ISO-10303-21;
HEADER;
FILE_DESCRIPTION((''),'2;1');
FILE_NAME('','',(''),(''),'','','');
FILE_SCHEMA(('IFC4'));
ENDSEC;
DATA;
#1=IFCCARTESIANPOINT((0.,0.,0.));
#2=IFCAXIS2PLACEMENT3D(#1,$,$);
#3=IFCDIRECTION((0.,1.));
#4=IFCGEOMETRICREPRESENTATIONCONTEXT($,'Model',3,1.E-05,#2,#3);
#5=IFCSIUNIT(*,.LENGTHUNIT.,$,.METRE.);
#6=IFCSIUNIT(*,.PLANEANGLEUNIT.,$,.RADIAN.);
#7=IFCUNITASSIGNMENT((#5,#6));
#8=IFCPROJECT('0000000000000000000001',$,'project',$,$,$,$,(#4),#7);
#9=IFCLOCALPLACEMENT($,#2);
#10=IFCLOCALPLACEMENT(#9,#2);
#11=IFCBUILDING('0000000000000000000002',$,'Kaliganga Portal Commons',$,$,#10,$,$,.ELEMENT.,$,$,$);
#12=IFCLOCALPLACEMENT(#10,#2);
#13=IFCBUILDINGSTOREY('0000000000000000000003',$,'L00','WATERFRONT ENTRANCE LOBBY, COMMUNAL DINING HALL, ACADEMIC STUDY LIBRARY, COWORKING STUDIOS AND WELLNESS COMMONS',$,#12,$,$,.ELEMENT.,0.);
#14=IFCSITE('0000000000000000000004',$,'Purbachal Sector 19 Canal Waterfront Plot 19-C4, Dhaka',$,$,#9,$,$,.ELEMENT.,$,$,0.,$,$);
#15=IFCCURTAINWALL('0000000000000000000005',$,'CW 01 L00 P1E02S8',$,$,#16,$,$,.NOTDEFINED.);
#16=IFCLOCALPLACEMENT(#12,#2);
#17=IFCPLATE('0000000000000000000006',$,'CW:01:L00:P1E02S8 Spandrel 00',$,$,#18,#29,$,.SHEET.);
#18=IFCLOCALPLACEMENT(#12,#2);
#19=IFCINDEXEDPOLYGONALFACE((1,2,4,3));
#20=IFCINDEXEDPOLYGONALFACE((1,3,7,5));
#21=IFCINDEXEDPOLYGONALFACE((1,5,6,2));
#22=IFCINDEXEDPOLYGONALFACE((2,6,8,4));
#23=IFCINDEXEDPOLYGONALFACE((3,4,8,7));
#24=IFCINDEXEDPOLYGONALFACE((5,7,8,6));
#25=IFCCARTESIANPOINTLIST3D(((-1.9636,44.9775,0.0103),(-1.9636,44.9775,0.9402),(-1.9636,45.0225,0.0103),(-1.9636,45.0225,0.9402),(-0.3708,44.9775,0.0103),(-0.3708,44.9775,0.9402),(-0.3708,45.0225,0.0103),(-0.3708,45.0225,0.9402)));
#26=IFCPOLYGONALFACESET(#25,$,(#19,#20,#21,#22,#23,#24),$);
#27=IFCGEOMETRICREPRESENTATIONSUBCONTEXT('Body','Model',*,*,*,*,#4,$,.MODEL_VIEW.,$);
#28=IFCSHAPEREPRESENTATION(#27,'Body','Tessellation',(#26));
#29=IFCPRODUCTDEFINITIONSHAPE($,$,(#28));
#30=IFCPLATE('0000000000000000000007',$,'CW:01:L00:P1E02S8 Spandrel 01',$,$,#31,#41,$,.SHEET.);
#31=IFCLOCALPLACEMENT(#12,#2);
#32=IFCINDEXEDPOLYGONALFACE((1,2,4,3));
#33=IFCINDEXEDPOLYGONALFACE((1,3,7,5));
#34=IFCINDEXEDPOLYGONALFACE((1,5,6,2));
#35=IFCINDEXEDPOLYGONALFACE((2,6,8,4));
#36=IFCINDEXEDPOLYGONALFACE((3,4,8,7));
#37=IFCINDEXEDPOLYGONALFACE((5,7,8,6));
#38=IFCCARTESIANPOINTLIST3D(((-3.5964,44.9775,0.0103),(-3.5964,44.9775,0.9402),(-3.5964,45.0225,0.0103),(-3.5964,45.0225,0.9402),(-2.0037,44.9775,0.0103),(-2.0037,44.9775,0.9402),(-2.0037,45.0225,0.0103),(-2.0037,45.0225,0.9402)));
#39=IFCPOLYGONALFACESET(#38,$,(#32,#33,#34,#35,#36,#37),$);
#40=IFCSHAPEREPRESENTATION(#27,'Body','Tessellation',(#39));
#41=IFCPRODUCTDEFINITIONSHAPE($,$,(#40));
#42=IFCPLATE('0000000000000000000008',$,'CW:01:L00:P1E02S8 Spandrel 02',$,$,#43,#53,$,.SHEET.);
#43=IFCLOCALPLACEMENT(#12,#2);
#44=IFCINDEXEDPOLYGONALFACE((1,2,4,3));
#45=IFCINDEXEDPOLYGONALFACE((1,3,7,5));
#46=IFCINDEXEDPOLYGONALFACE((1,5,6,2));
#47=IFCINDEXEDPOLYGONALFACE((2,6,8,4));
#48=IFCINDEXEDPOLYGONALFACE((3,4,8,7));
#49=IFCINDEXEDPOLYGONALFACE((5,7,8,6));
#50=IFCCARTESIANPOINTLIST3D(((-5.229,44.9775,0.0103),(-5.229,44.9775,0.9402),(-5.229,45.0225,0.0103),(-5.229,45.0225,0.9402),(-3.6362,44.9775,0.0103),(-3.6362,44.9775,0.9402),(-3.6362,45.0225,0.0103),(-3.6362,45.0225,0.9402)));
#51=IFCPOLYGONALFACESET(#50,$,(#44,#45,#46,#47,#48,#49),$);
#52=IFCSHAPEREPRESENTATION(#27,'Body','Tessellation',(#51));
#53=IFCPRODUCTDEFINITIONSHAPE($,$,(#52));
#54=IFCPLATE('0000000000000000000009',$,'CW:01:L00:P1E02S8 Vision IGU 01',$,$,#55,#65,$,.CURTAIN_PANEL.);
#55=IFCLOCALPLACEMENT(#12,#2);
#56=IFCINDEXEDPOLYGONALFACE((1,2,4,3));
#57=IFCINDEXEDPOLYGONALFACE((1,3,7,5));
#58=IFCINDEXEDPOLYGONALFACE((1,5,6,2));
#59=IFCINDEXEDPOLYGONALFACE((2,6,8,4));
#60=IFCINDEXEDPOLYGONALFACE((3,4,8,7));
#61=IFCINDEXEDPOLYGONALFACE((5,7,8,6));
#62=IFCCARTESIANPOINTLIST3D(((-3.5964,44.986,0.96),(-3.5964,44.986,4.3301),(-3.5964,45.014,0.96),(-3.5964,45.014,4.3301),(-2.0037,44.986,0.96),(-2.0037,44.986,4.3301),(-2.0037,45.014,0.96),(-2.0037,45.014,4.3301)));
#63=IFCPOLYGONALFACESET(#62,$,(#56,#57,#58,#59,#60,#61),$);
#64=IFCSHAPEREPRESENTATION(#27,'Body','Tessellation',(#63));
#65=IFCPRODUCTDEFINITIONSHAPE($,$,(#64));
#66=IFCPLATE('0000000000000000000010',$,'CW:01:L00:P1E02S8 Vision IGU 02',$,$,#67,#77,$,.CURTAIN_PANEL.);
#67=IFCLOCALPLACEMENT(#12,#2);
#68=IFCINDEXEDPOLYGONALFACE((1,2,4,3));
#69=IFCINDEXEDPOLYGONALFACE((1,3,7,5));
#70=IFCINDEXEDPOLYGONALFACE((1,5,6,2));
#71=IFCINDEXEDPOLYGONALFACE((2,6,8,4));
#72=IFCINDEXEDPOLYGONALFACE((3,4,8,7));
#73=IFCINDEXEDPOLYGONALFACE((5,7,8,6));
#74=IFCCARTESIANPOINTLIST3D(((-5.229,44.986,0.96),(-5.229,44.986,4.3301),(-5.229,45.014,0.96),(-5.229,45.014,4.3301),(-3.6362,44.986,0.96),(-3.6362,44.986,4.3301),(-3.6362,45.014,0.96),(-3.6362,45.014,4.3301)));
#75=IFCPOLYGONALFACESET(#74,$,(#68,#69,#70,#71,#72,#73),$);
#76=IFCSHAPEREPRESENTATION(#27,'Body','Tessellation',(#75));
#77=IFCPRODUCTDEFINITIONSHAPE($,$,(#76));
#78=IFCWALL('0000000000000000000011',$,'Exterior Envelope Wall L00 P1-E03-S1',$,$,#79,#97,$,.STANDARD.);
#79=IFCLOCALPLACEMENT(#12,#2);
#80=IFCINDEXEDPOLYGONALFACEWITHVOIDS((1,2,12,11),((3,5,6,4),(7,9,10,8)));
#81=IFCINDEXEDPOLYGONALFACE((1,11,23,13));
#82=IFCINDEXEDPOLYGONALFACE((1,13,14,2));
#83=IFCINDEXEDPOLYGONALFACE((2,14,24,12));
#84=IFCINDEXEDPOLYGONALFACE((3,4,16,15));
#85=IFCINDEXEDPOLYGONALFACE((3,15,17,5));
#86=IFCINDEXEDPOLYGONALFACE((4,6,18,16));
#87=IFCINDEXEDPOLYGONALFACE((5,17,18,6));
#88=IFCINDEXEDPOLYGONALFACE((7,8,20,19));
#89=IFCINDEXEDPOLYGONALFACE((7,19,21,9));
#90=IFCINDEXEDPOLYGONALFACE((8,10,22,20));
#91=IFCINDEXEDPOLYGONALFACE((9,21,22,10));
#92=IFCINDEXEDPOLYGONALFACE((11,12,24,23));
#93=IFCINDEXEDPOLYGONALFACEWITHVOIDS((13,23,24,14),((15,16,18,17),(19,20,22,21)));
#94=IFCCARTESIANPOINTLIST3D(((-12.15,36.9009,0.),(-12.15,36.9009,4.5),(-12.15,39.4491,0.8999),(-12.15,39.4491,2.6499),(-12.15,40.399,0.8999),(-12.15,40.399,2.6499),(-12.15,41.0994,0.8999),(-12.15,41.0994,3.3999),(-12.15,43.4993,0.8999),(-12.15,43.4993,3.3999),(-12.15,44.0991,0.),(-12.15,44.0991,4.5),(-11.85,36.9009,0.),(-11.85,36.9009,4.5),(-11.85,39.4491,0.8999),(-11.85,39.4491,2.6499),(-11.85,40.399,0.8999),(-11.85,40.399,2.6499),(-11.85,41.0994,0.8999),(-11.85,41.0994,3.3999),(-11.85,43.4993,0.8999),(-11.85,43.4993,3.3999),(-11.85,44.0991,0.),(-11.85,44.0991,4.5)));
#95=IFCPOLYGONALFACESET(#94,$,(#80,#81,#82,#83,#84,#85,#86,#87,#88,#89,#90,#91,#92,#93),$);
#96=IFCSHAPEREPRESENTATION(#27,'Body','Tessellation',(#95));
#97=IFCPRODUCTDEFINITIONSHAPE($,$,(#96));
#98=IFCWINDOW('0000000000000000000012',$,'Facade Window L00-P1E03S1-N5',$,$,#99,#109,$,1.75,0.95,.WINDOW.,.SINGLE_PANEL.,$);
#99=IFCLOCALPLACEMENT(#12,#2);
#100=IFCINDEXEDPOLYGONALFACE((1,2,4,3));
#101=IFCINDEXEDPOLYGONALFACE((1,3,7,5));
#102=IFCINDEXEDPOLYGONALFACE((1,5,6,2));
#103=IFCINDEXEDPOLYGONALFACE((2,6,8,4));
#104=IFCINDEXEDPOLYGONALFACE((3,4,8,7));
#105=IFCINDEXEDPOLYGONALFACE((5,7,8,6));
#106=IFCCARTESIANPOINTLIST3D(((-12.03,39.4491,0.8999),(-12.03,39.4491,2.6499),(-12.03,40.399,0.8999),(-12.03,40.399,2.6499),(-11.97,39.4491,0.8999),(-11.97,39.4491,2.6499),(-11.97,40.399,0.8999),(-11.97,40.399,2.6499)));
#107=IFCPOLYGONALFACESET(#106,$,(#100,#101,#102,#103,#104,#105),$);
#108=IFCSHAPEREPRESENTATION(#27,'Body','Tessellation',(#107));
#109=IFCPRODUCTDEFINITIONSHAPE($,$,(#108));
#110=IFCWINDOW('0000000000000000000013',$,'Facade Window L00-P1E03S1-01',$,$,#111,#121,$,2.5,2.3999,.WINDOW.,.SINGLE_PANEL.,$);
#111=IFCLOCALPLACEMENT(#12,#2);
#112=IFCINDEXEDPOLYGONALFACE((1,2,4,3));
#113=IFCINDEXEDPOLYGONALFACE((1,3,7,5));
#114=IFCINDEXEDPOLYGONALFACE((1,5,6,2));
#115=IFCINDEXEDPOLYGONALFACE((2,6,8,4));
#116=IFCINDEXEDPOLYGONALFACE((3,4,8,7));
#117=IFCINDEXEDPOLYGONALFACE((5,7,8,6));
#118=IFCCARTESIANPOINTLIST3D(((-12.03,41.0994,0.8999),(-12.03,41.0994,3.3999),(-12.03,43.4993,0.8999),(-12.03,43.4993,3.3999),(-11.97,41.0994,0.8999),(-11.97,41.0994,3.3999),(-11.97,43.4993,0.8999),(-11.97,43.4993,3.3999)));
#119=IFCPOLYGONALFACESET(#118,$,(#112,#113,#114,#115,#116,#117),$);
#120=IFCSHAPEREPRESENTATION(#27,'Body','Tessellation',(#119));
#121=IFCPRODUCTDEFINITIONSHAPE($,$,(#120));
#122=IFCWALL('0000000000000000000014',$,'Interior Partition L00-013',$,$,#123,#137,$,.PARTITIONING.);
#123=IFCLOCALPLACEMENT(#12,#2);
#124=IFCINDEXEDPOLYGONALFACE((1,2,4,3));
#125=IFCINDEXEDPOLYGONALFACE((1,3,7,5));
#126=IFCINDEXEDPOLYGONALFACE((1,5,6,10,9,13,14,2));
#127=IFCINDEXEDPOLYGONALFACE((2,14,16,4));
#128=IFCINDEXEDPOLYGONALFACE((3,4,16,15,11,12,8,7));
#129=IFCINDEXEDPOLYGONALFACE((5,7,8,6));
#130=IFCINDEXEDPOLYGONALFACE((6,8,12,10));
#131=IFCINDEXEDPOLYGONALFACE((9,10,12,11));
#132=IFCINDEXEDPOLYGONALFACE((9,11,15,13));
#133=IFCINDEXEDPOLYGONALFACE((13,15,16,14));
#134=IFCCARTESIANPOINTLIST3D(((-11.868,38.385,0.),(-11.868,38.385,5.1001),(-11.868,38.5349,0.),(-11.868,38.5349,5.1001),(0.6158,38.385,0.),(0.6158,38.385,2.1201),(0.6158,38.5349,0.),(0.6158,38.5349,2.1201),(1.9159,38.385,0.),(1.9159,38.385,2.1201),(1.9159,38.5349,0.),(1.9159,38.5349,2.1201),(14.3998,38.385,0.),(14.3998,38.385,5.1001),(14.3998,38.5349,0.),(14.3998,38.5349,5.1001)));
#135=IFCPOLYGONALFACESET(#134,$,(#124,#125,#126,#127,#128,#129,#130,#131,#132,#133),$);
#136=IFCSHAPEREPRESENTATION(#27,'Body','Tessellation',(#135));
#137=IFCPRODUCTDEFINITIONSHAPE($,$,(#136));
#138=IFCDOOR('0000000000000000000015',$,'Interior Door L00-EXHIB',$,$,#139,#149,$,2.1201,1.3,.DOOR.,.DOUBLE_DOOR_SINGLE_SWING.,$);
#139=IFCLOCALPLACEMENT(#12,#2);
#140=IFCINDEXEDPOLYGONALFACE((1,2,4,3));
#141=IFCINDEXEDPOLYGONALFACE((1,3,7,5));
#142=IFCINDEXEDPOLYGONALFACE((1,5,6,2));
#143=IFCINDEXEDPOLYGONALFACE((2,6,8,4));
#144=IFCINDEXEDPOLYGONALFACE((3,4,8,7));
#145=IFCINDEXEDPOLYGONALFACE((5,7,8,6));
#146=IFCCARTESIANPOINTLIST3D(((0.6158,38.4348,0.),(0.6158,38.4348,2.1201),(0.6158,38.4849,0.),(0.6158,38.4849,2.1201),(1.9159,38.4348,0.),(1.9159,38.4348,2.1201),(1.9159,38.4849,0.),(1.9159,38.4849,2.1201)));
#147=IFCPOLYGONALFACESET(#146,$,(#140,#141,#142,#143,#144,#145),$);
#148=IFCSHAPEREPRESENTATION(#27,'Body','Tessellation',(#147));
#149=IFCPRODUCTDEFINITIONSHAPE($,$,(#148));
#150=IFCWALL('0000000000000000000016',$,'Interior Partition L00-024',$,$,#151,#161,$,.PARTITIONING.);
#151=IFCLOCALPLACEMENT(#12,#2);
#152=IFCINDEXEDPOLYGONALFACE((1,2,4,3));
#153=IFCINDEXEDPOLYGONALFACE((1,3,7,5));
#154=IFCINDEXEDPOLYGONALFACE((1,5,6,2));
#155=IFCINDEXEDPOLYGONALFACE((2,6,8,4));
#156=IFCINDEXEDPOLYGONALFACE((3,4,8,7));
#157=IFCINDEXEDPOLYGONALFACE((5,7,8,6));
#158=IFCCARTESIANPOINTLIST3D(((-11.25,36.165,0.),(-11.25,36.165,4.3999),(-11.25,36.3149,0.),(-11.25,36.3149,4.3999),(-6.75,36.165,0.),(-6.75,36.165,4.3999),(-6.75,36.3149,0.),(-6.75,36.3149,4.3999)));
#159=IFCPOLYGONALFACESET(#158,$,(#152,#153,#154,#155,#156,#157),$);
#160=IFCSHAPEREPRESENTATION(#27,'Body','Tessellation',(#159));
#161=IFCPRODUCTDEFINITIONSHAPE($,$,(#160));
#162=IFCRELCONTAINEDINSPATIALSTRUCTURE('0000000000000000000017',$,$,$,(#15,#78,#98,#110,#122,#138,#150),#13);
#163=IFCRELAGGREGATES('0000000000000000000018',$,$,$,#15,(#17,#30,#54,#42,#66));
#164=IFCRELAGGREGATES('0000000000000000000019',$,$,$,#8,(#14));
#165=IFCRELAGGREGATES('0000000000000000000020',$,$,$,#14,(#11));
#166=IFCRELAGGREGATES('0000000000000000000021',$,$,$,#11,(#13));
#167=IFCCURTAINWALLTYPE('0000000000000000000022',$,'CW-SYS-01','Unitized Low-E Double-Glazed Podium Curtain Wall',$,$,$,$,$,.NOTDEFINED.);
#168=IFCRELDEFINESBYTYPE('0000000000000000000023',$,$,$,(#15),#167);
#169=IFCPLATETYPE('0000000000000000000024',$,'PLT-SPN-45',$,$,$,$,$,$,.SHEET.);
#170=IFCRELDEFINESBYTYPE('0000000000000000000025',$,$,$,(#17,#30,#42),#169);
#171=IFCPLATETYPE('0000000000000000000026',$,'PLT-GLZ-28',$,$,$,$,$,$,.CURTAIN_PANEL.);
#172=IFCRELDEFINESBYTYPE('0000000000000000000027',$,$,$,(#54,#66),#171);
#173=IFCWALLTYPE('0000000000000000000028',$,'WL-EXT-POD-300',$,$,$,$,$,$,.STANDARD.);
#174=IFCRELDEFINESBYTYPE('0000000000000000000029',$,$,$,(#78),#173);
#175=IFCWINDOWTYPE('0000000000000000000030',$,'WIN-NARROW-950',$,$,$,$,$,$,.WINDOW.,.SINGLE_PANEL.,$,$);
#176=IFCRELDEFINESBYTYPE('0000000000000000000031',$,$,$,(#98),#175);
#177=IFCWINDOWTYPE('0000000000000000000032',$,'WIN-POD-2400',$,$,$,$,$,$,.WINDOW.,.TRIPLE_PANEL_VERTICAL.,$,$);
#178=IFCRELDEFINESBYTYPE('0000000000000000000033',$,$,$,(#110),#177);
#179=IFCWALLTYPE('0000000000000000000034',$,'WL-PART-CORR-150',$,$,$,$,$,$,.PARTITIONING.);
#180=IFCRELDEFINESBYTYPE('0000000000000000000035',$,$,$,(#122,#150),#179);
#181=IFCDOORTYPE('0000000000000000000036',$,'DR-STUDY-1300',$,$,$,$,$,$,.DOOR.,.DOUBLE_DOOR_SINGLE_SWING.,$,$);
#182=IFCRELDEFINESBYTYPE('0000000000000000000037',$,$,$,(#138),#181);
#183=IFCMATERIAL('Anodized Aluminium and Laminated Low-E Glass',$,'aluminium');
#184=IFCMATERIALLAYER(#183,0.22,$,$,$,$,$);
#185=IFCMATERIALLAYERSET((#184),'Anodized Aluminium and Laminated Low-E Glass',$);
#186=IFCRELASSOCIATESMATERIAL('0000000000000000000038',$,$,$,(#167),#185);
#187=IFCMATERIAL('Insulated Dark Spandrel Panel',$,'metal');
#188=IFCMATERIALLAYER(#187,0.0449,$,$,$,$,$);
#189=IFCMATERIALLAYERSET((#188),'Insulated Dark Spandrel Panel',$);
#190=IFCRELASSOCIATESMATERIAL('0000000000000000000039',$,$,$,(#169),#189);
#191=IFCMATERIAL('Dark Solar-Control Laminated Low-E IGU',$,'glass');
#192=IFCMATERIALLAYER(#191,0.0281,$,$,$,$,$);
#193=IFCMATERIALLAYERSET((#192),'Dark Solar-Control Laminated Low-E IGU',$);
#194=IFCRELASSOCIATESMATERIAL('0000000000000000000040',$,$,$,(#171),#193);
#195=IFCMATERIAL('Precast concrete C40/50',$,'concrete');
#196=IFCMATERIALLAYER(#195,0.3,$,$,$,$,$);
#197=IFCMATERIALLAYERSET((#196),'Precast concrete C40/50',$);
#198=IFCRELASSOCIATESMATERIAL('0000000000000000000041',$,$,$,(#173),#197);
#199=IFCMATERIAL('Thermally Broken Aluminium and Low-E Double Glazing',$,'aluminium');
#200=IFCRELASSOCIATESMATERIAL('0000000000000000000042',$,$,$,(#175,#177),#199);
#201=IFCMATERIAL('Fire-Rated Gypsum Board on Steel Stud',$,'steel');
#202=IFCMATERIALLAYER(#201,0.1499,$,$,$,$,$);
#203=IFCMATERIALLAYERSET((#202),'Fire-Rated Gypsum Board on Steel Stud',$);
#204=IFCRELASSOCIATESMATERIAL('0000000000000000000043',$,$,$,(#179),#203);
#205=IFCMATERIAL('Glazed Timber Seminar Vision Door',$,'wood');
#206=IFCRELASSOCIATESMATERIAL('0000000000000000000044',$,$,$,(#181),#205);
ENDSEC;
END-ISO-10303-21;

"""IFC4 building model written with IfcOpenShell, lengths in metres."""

from ifc_helpers import new_model, si_unit, direction, frame, frame_2d, origin, origin_2d, place, context, subcontext, project, spatial, rectangle, extrude, source, transform, mapped, material, layer, layer_set, type_object, element, fill, aggregate, save


model = new_model("IFC4")

# Units and contexts
model_context = context("Model", 3, precision=1e-05, world=origin(), true_north=direction((0.0, 1.0)))
body_context = subcontext(model_context, "Body", "Model", "MODEL_VIEW")
ifc_project = project(units=[si_unit("LENGTHUNIT", "METRE"), si_unit("PLANEANGLEUNIT", "RADIAN")], contexts=[model_context])

# Site, building, storey
site_placement = place(None, origin())
site = spatial("IfcSite", under=ifc_project, at=site_placement, Name="Purbachal Sector 19 Canal Waterfront Plot 19-C4, Dhaka", CompositionType="ELEMENT", RefElevation=0.0)
building_placement = place(site_placement, origin())
building = spatial("IfcBuilding", under=site, at=building_placement, Name="Kaliganga Portal Commons", CompositionType="ELEMENT")
storey_placement = place(building_placement, origin())
storey = spatial("IfcBuildingStorey", under=building, at=storey_placement, Name="L00", Description="WATERFRONT ENTRANCE LOBBY, COMMUNAL DINING HALL, ACADEMIC STUDY LIBRARY, COWORKING STUDIOS AND WELLNESS COMMONS", CompositionType="ELEMENT", Elevation=0.0)

# Curtain wall
ifc_material_1 = material(Name="Anodized Aluminium and Laminated Low-E Glass", Category="aluminium")
ifc_layer_1 = layer(ifc_material_1, 0.22)
ifc_layer_set_1 = layer_set([ifc_layer_1], Name="Anodized Aluminium and Laminated Low-E Glass")
curtain_wall_type = type_object("IfcCurtainWallType", Name="CW-SYS-01", Description="Unitized Low-E Double-Glazed Podium Curtain Wall", PredefinedType="NOTDEFINED", material=ifc_layer_set_1)
curtain_wall_1_placement = place(storey_placement, origin())
curtain_wall_1 = element("IfcCurtainWall", 1, at=curtain_wall_1_placement, inside=storey, type_object=curtain_wall_type, Name="CW 01 L00 P1E02S8", PredefinedType="NOTDEFINED")

# Shared definitions
ifc_material_2 = material(Name="Insulated Dark Spandrel Panel", Category="metal")
ifc_layer_2 = layer(ifc_material_2, 0.0449)
ifc_layer_set_2 = layer_set([ifc_layer_2], Name="Insulated Dark Spandrel Panel")
plate_type_1 = type_object("IfcPlateType", Name="PLT-SPN-45", PredefinedType="SHEET", material=ifc_layer_set_2)
ifc_material_3 = material(Name="Dark Solar-Control Laminated Low-E IGU", Category="glass")
ifc_layer_3 = layer(ifc_material_3, 0.0281)
ifc_layer_set_3 = layer_set([ifc_layer_3], Name="Dark Solar-Control Laminated Low-E IGU")
plate_type_2 = type_object("IfcPlateType", Name="PLT-GLZ-28", PredefinedType="CURTAIN_PANEL", material=ifc_layer_set_3)

# Plates
shared_shape_1 = source(origin(), body_context, "Body", "SweptSolid", [
    extrude(rectangle(XDim=1.5928, YDim=0.0449, at=origin_2d()), origin(), (0.0, 0.0, 1.0), 0.9299),
])
plate_1_placement = place(storey_placement, frame((-1.1672, 45.0, 0.0103), z_axis=(0.0, 0.0, 1.0), x_axis=(-1.0, 0.0, 0.0)))
plate_1 = element("IfcPlate", 2, at=plate_1_placement, type_object=plate_type_1, Name="CW:01:L00:P1E02S8 Spandrel 00", PredefinedType="SHEET", context=body_context, shape_type="MappedRepresentation", body=[
    mapped(shared_shape_1, transform((0.0, 0.0, 0.0), x_axis=(1.0, 0.0, 0.0), y_axis=(0.0, 1.0, 0.0), z_axis=(0.0, 0.0, 1.0), scale=1.0)),
])
plate_2_placement = place(storey_placement, frame((-2.8, 45.0, 0.0103), z_axis=(0.0, 0.0, 1.0), x_axis=(-1.0, 0.0, 0.0)))
plate_2 = element("IfcPlate", 3, at=plate_2_placement, type_object=plate_type_1, Name="CW:01:L00:P1E02S8 Spandrel 01", PredefinedType="SHEET", context=body_context, shape_type="MappedRepresentation", body=[
    mapped(shared_shape_1, transform((0.0, 0.0, 0.0), x_axis=(1.0, 0.0, 0.0), y_axis=(0.0, 1.0, 0.0), z_axis=(0.0, 0.0, 1.0), scale=1.0)),
])
plate_3_placement = place(storey_placement, frame((-4.4326, 45.0, 0.0103), z_axis=(0.0, 0.0, 1.0), x_axis=(-1.0, 0.0, 0.0)))
plate_3 = element("IfcPlate", 4, at=plate_3_placement, type_object=plate_type_1, Name="CW:01:L00:P1E02S8 Spandrel 02", PredefinedType="SHEET", context=body_context, shape_type="MappedRepresentation", body=[
    mapped(shared_shape_1, transform((0.0, 0.0, 0.0), x_axis=(1.0, 0.0, 0.0), y_axis=(0.0, 1.0, 0.0), z_axis=(0.0, 0.0, 1.0), scale=1.0)),
])
shared_shape_2 = source(origin(), body_context, "Body", "SweptSolid", [
    extrude(rectangle(XDim=1.5928, YDim=0.0281, at=origin_2d()), origin(), (0.0, 0.0, 1.0), 3.3701),
])
plate_4_placement = place(storey_placement, frame((-2.8, 45.0, 0.96), z_axis=(0.0, 0.0, 1.0), x_axis=(-1.0, 0.0, 0.0)))
plate_4 = element("IfcPlate", 5, at=plate_4_placement, type_object=plate_type_2, Name="CW:01:L00:P1E02S8 Vision IGU 01", PredefinedType="CURTAIN_PANEL", context=body_context, shape_type="MappedRepresentation", body=[
    mapped(shared_shape_2, transform((0.0, 0.0, 0.0), x_axis=(1.0, 0.0, 0.0), y_axis=(0.0, 1.0, 0.0), z_axis=(0.0, 0.0, 1.0), scale=1.0)),
])
plate_5_placement = place(storey_placement, frame((-4.4326, 45.0, 0.96), z_axis=(0.0, 0.0, 1.0), x_axis=(-1.0, 0.0, 0.0)))
plate_5 = element("IfcPlate", 6, at=plate_5_placement, type_object=plate_type_2, Name="CW:01:L00:P1E02S8 Vision IGU 02", PredefinedType="CURTAIN_PANEL", context=body_context, shape_type="MappedRepresentation", body=[
    mapped(shared_shape_2, transform((0.0, 0.0, 0.0), x_axis=(1.0, 0.0, 0.0), y_axis=(0.0, 1.0, 0.0), z_axis=(0.0, 0.0, 1.0), scale=1.0)),
])
aggregate(curtain_wall_1, [plate_1, plate_2, plate_4, plate_3, plate_5])

# Wall, openings, windows
ifc_material_4 = material(Name="Precast concrete C40/50", Category="concrete")
ifc_layer_4 = layer(ifc_material_4, 0.3)
ifc_layer_set_4 = layer_set([ifc_layer_4], Name="Precast concrete C40/50")
wall_type_1 = type_object("IfcWallType", Name="WL-EXT-POD-300", PredefinedType="STANDARD", material=ifc_layer_set_4)
wall_1_placement = place(storey_placement, frame((-12.0, 36.9009, 0.0), z_axis=(0.0, 0.0, 1.0), x_axis=(0.0, 1.0, 0.0)))
wall_1 = element("IfcWall", 7, at=wall_1_placement, inside=storey, type_object=wall_type_1, Name="Exterior Envelope Wall L00 P1-E03-S1", PredefinedType="STANDARD", context=body_context, shape_type="SweptSolid", body=[
    extrude(rectangle(XDim=7.1982, YDim=0.3, at=frame_2d((3.5991, 0.0))), origin(), (0.0, 0.0, 1.0), 4.5),
])
opening_1_placement = place(wall_1_placement, frame((4.1985, 0.0, 0.8999)))
opening_1 = element("IfcOpeningElement", 8, at=opening_1_placement, cuts=wall_1, PredefinedType="OPENING", context=body_context, shape_type="SweptSolid", body=[
    extrude(rectangle(XDim=2.3999, YDim=2.5, at=frame_2d((1.2, 1.25))), frame((0.0, 0.1602, 0.0), z_axis=(0.0, -1.0, 0.0), x_axis=(1.0, 0.0, 0.0)), (0.0, 0.0, 1.0), 0.3201),
])
opening_2_placement = place(wall_1_placement, frame((2.5481, 0.0, 0.8999)))
opening_2 = element("IfcOpeningElement", 9, at=opening_2_placement, cuts=wall_1, PredefinedType="OPENING", context=body_context, shape_type="SweptSolid", body=[
    extrude(rectangle(XDim=0.95, YDim=1.75, at=frame_2d((0.4751, 0.875))), frame((0.0, 0.1602, 0.0), z_axis=(0.0, -1.0, 0.0), x_axis=(1.0, 0.0, 0.0)), (0.0, 0.0, 1.0), 0.3201),
])
ifc_material_5 = material(Name="Thermally Broken Aluminium and Low-E Double Glazing", Category="aluminium")
window_type_1 = type_object("IfcWindowType", Name="WIN-NARROW-950", PartitioningType="SINGLE_PANEL", PredefinedType="WINDOW", material=ifc_material_5)
window_1_placement = place(opening_2_placement, origin())
window_1 = element("IfcWindow", 10, at=window_1_placement, inside=storey, type_object=window_type_1, Name="Facade Window L00-P1E03S1-N5", OverallHeight=1.75, OverallWidth=0.95, PartitioningType="SINGLE_PANEL", PredefinedType="WINDOW", context=body_context, shape_type="SweptSolid", body=[
    extrude(rectangle(XDim=0.95, YDim=1.75, at=frame_2d((0.4751, 0.875))), frame((0.0, 0.03, 0.0), z_axis=(0.0, -1.0, 0.0), x_axis=(1.0, 0.0, 0.0)), (0.0, 0.0, 1.0), 0.0601),
])
fill(opening_2, window_1)
window_type_2 = type_object("IfcWindowType", Name="WIN-POD-2400", PartitioningType="TRIPLE_PANEL_VERTICAL", PredefinedType="WINDOW", material=ifc_material_5)
window_2_placement = place(opening_1_placement, origin())
window_2 = element("IfcWindow", 11, at=window_2_placement, inside=storey, type_object=window_type_2, Name="Facade Window L00-P1E03S1-01", OverallHeight=2.5, OverallWidth=2.3999, PartitioningType="SINGLE_PANEL", PredefinedType="WINDOW", context=body_context, shape_type="SweptSolid", body=[
    extrude(rectangle(XDim=2.3999, YDim=2.5, at=frame_2d((1.2, 1.25))), frame((0.0, 0.03, 0.0), z_axis=(0.0, -1.0, 0.0), x_axis=(1.0, 0.0, 0.0)), (0.0, 0.0, 1.0), 0.0601),
])
fill(opening_1, window_2)

# Wall, opening, door
ifc_material_6 = material(Name="Fire-Rated Gypsum Board on Steel Stud", Category="steel")
ifc_layer_5 = layer(ifc_material_6, 0.1499)
ifc_layer_set_5 = layer_set([ifc_layer_5], Name="Fire-Rated Gypsum Board on Steel Stud")
wall_type_2 = type_object("IfcWallType", Name="WL-PART-CORR-150", PredefinedType="PARTITIONING", material=ifc_layer_set_5)
wall_2_placement = place(storey_placement, frame((-11.8679, 38.46, 0.0), z_axis=(0.0, 0.0, 1.0), x_axis=(1.0, 0.0, 0.0)))
wall_2 = element("IfcWall", 12, at=wall_2_placement, inside=storey, type_object=wall_type_2, Name="Interior Partition L00-013", PredefinedType="PARTITIONING", context=body_context, shape_type="SweptSolid", body=[
    extrude(rectangle(XDim=26.2678, YDim=0.1499, at=frame_2d((13.1338, 0.0))), origin(), (0.0, 0.0, 1.0), 5.1001),
])
opening_3_placement = place(wall_2_placement, frame((12.4839, 0.0, 0.0)))
opening_3 = element("IfcOpeningElement", 13, at=opening_3_placement, cuts=wall_2, PredefinedType="OPENING", context=body_context, shape_type="SweptSolid", body=[
    extrude(rectangle(XDim=1.3, YDim=2.1201, at=frame_2d((0.6499, 1.0601))), frame((0.0, 0.085, 0.0), z_axis=(0.0, -1.0, 0.0), x_axis=(1.0, 0.0, 0.0)), (0.0, 0.0, 1.0), 0.1699),
])
ifc_material_7 = material(Name="Glazed Timber Seminar Vision Door", Category="wood")
door_type = type_object("IfcDoorType", Name="DR-STUDY-1300", OperationType="DOUBLE_DOOR_SINGLE_SWING", PredefinedType="DOOR", material=ifc_material_7)
door_placement = place(opening_3_placement, origin())
door = element("IfcDoor", 14, at=door_placement, inside=storey, type_object=door_type, Name="Interior Door L00-EXHIB", OperationType="DOUBLE_DOOR_SINGLE_SWING", OverallHeight=2.1201, OverallWidth=1.3, PredefinedType="DOOR", context=body_context, shape_type="SweptSolid", body=[
    extrude(rectangle(XDim=1.3, YDim=2.1201, at=frame_2d((0.6499, 1.0601))), frame((0.0, 0.0249, 0.0), z_axis=(0.0, -1.0, 0.0), x_axis=(1.0, 0.0, 0.0)), (0.0, 0.0, 1.0), 0.05),
])
fill(opening_3, door)

# Wall
wall_3_placement = place(storey_placement, frame((-11.25, 36.24, 0.0), z_axis=(0.0, 0.0, 1.0), x_axis=(1.0, 0.0, 0.0)))
element("IfcWall", 15, at=wall_3_placement, inside=storey, type_object=wall_type_2, Name="Interior Partition L00-024", PredefinedType="PARTITIONING", context=body_context, shape_type="SweptSolid", body=[
    extrude(rectangle(XDim=4.5, YDim=0.1499, at=frame_2d((2.25, 0.0))), origin(), (0.0, 0.0, 1.0), 4.3999),
])

save(model, "model.ifc")
